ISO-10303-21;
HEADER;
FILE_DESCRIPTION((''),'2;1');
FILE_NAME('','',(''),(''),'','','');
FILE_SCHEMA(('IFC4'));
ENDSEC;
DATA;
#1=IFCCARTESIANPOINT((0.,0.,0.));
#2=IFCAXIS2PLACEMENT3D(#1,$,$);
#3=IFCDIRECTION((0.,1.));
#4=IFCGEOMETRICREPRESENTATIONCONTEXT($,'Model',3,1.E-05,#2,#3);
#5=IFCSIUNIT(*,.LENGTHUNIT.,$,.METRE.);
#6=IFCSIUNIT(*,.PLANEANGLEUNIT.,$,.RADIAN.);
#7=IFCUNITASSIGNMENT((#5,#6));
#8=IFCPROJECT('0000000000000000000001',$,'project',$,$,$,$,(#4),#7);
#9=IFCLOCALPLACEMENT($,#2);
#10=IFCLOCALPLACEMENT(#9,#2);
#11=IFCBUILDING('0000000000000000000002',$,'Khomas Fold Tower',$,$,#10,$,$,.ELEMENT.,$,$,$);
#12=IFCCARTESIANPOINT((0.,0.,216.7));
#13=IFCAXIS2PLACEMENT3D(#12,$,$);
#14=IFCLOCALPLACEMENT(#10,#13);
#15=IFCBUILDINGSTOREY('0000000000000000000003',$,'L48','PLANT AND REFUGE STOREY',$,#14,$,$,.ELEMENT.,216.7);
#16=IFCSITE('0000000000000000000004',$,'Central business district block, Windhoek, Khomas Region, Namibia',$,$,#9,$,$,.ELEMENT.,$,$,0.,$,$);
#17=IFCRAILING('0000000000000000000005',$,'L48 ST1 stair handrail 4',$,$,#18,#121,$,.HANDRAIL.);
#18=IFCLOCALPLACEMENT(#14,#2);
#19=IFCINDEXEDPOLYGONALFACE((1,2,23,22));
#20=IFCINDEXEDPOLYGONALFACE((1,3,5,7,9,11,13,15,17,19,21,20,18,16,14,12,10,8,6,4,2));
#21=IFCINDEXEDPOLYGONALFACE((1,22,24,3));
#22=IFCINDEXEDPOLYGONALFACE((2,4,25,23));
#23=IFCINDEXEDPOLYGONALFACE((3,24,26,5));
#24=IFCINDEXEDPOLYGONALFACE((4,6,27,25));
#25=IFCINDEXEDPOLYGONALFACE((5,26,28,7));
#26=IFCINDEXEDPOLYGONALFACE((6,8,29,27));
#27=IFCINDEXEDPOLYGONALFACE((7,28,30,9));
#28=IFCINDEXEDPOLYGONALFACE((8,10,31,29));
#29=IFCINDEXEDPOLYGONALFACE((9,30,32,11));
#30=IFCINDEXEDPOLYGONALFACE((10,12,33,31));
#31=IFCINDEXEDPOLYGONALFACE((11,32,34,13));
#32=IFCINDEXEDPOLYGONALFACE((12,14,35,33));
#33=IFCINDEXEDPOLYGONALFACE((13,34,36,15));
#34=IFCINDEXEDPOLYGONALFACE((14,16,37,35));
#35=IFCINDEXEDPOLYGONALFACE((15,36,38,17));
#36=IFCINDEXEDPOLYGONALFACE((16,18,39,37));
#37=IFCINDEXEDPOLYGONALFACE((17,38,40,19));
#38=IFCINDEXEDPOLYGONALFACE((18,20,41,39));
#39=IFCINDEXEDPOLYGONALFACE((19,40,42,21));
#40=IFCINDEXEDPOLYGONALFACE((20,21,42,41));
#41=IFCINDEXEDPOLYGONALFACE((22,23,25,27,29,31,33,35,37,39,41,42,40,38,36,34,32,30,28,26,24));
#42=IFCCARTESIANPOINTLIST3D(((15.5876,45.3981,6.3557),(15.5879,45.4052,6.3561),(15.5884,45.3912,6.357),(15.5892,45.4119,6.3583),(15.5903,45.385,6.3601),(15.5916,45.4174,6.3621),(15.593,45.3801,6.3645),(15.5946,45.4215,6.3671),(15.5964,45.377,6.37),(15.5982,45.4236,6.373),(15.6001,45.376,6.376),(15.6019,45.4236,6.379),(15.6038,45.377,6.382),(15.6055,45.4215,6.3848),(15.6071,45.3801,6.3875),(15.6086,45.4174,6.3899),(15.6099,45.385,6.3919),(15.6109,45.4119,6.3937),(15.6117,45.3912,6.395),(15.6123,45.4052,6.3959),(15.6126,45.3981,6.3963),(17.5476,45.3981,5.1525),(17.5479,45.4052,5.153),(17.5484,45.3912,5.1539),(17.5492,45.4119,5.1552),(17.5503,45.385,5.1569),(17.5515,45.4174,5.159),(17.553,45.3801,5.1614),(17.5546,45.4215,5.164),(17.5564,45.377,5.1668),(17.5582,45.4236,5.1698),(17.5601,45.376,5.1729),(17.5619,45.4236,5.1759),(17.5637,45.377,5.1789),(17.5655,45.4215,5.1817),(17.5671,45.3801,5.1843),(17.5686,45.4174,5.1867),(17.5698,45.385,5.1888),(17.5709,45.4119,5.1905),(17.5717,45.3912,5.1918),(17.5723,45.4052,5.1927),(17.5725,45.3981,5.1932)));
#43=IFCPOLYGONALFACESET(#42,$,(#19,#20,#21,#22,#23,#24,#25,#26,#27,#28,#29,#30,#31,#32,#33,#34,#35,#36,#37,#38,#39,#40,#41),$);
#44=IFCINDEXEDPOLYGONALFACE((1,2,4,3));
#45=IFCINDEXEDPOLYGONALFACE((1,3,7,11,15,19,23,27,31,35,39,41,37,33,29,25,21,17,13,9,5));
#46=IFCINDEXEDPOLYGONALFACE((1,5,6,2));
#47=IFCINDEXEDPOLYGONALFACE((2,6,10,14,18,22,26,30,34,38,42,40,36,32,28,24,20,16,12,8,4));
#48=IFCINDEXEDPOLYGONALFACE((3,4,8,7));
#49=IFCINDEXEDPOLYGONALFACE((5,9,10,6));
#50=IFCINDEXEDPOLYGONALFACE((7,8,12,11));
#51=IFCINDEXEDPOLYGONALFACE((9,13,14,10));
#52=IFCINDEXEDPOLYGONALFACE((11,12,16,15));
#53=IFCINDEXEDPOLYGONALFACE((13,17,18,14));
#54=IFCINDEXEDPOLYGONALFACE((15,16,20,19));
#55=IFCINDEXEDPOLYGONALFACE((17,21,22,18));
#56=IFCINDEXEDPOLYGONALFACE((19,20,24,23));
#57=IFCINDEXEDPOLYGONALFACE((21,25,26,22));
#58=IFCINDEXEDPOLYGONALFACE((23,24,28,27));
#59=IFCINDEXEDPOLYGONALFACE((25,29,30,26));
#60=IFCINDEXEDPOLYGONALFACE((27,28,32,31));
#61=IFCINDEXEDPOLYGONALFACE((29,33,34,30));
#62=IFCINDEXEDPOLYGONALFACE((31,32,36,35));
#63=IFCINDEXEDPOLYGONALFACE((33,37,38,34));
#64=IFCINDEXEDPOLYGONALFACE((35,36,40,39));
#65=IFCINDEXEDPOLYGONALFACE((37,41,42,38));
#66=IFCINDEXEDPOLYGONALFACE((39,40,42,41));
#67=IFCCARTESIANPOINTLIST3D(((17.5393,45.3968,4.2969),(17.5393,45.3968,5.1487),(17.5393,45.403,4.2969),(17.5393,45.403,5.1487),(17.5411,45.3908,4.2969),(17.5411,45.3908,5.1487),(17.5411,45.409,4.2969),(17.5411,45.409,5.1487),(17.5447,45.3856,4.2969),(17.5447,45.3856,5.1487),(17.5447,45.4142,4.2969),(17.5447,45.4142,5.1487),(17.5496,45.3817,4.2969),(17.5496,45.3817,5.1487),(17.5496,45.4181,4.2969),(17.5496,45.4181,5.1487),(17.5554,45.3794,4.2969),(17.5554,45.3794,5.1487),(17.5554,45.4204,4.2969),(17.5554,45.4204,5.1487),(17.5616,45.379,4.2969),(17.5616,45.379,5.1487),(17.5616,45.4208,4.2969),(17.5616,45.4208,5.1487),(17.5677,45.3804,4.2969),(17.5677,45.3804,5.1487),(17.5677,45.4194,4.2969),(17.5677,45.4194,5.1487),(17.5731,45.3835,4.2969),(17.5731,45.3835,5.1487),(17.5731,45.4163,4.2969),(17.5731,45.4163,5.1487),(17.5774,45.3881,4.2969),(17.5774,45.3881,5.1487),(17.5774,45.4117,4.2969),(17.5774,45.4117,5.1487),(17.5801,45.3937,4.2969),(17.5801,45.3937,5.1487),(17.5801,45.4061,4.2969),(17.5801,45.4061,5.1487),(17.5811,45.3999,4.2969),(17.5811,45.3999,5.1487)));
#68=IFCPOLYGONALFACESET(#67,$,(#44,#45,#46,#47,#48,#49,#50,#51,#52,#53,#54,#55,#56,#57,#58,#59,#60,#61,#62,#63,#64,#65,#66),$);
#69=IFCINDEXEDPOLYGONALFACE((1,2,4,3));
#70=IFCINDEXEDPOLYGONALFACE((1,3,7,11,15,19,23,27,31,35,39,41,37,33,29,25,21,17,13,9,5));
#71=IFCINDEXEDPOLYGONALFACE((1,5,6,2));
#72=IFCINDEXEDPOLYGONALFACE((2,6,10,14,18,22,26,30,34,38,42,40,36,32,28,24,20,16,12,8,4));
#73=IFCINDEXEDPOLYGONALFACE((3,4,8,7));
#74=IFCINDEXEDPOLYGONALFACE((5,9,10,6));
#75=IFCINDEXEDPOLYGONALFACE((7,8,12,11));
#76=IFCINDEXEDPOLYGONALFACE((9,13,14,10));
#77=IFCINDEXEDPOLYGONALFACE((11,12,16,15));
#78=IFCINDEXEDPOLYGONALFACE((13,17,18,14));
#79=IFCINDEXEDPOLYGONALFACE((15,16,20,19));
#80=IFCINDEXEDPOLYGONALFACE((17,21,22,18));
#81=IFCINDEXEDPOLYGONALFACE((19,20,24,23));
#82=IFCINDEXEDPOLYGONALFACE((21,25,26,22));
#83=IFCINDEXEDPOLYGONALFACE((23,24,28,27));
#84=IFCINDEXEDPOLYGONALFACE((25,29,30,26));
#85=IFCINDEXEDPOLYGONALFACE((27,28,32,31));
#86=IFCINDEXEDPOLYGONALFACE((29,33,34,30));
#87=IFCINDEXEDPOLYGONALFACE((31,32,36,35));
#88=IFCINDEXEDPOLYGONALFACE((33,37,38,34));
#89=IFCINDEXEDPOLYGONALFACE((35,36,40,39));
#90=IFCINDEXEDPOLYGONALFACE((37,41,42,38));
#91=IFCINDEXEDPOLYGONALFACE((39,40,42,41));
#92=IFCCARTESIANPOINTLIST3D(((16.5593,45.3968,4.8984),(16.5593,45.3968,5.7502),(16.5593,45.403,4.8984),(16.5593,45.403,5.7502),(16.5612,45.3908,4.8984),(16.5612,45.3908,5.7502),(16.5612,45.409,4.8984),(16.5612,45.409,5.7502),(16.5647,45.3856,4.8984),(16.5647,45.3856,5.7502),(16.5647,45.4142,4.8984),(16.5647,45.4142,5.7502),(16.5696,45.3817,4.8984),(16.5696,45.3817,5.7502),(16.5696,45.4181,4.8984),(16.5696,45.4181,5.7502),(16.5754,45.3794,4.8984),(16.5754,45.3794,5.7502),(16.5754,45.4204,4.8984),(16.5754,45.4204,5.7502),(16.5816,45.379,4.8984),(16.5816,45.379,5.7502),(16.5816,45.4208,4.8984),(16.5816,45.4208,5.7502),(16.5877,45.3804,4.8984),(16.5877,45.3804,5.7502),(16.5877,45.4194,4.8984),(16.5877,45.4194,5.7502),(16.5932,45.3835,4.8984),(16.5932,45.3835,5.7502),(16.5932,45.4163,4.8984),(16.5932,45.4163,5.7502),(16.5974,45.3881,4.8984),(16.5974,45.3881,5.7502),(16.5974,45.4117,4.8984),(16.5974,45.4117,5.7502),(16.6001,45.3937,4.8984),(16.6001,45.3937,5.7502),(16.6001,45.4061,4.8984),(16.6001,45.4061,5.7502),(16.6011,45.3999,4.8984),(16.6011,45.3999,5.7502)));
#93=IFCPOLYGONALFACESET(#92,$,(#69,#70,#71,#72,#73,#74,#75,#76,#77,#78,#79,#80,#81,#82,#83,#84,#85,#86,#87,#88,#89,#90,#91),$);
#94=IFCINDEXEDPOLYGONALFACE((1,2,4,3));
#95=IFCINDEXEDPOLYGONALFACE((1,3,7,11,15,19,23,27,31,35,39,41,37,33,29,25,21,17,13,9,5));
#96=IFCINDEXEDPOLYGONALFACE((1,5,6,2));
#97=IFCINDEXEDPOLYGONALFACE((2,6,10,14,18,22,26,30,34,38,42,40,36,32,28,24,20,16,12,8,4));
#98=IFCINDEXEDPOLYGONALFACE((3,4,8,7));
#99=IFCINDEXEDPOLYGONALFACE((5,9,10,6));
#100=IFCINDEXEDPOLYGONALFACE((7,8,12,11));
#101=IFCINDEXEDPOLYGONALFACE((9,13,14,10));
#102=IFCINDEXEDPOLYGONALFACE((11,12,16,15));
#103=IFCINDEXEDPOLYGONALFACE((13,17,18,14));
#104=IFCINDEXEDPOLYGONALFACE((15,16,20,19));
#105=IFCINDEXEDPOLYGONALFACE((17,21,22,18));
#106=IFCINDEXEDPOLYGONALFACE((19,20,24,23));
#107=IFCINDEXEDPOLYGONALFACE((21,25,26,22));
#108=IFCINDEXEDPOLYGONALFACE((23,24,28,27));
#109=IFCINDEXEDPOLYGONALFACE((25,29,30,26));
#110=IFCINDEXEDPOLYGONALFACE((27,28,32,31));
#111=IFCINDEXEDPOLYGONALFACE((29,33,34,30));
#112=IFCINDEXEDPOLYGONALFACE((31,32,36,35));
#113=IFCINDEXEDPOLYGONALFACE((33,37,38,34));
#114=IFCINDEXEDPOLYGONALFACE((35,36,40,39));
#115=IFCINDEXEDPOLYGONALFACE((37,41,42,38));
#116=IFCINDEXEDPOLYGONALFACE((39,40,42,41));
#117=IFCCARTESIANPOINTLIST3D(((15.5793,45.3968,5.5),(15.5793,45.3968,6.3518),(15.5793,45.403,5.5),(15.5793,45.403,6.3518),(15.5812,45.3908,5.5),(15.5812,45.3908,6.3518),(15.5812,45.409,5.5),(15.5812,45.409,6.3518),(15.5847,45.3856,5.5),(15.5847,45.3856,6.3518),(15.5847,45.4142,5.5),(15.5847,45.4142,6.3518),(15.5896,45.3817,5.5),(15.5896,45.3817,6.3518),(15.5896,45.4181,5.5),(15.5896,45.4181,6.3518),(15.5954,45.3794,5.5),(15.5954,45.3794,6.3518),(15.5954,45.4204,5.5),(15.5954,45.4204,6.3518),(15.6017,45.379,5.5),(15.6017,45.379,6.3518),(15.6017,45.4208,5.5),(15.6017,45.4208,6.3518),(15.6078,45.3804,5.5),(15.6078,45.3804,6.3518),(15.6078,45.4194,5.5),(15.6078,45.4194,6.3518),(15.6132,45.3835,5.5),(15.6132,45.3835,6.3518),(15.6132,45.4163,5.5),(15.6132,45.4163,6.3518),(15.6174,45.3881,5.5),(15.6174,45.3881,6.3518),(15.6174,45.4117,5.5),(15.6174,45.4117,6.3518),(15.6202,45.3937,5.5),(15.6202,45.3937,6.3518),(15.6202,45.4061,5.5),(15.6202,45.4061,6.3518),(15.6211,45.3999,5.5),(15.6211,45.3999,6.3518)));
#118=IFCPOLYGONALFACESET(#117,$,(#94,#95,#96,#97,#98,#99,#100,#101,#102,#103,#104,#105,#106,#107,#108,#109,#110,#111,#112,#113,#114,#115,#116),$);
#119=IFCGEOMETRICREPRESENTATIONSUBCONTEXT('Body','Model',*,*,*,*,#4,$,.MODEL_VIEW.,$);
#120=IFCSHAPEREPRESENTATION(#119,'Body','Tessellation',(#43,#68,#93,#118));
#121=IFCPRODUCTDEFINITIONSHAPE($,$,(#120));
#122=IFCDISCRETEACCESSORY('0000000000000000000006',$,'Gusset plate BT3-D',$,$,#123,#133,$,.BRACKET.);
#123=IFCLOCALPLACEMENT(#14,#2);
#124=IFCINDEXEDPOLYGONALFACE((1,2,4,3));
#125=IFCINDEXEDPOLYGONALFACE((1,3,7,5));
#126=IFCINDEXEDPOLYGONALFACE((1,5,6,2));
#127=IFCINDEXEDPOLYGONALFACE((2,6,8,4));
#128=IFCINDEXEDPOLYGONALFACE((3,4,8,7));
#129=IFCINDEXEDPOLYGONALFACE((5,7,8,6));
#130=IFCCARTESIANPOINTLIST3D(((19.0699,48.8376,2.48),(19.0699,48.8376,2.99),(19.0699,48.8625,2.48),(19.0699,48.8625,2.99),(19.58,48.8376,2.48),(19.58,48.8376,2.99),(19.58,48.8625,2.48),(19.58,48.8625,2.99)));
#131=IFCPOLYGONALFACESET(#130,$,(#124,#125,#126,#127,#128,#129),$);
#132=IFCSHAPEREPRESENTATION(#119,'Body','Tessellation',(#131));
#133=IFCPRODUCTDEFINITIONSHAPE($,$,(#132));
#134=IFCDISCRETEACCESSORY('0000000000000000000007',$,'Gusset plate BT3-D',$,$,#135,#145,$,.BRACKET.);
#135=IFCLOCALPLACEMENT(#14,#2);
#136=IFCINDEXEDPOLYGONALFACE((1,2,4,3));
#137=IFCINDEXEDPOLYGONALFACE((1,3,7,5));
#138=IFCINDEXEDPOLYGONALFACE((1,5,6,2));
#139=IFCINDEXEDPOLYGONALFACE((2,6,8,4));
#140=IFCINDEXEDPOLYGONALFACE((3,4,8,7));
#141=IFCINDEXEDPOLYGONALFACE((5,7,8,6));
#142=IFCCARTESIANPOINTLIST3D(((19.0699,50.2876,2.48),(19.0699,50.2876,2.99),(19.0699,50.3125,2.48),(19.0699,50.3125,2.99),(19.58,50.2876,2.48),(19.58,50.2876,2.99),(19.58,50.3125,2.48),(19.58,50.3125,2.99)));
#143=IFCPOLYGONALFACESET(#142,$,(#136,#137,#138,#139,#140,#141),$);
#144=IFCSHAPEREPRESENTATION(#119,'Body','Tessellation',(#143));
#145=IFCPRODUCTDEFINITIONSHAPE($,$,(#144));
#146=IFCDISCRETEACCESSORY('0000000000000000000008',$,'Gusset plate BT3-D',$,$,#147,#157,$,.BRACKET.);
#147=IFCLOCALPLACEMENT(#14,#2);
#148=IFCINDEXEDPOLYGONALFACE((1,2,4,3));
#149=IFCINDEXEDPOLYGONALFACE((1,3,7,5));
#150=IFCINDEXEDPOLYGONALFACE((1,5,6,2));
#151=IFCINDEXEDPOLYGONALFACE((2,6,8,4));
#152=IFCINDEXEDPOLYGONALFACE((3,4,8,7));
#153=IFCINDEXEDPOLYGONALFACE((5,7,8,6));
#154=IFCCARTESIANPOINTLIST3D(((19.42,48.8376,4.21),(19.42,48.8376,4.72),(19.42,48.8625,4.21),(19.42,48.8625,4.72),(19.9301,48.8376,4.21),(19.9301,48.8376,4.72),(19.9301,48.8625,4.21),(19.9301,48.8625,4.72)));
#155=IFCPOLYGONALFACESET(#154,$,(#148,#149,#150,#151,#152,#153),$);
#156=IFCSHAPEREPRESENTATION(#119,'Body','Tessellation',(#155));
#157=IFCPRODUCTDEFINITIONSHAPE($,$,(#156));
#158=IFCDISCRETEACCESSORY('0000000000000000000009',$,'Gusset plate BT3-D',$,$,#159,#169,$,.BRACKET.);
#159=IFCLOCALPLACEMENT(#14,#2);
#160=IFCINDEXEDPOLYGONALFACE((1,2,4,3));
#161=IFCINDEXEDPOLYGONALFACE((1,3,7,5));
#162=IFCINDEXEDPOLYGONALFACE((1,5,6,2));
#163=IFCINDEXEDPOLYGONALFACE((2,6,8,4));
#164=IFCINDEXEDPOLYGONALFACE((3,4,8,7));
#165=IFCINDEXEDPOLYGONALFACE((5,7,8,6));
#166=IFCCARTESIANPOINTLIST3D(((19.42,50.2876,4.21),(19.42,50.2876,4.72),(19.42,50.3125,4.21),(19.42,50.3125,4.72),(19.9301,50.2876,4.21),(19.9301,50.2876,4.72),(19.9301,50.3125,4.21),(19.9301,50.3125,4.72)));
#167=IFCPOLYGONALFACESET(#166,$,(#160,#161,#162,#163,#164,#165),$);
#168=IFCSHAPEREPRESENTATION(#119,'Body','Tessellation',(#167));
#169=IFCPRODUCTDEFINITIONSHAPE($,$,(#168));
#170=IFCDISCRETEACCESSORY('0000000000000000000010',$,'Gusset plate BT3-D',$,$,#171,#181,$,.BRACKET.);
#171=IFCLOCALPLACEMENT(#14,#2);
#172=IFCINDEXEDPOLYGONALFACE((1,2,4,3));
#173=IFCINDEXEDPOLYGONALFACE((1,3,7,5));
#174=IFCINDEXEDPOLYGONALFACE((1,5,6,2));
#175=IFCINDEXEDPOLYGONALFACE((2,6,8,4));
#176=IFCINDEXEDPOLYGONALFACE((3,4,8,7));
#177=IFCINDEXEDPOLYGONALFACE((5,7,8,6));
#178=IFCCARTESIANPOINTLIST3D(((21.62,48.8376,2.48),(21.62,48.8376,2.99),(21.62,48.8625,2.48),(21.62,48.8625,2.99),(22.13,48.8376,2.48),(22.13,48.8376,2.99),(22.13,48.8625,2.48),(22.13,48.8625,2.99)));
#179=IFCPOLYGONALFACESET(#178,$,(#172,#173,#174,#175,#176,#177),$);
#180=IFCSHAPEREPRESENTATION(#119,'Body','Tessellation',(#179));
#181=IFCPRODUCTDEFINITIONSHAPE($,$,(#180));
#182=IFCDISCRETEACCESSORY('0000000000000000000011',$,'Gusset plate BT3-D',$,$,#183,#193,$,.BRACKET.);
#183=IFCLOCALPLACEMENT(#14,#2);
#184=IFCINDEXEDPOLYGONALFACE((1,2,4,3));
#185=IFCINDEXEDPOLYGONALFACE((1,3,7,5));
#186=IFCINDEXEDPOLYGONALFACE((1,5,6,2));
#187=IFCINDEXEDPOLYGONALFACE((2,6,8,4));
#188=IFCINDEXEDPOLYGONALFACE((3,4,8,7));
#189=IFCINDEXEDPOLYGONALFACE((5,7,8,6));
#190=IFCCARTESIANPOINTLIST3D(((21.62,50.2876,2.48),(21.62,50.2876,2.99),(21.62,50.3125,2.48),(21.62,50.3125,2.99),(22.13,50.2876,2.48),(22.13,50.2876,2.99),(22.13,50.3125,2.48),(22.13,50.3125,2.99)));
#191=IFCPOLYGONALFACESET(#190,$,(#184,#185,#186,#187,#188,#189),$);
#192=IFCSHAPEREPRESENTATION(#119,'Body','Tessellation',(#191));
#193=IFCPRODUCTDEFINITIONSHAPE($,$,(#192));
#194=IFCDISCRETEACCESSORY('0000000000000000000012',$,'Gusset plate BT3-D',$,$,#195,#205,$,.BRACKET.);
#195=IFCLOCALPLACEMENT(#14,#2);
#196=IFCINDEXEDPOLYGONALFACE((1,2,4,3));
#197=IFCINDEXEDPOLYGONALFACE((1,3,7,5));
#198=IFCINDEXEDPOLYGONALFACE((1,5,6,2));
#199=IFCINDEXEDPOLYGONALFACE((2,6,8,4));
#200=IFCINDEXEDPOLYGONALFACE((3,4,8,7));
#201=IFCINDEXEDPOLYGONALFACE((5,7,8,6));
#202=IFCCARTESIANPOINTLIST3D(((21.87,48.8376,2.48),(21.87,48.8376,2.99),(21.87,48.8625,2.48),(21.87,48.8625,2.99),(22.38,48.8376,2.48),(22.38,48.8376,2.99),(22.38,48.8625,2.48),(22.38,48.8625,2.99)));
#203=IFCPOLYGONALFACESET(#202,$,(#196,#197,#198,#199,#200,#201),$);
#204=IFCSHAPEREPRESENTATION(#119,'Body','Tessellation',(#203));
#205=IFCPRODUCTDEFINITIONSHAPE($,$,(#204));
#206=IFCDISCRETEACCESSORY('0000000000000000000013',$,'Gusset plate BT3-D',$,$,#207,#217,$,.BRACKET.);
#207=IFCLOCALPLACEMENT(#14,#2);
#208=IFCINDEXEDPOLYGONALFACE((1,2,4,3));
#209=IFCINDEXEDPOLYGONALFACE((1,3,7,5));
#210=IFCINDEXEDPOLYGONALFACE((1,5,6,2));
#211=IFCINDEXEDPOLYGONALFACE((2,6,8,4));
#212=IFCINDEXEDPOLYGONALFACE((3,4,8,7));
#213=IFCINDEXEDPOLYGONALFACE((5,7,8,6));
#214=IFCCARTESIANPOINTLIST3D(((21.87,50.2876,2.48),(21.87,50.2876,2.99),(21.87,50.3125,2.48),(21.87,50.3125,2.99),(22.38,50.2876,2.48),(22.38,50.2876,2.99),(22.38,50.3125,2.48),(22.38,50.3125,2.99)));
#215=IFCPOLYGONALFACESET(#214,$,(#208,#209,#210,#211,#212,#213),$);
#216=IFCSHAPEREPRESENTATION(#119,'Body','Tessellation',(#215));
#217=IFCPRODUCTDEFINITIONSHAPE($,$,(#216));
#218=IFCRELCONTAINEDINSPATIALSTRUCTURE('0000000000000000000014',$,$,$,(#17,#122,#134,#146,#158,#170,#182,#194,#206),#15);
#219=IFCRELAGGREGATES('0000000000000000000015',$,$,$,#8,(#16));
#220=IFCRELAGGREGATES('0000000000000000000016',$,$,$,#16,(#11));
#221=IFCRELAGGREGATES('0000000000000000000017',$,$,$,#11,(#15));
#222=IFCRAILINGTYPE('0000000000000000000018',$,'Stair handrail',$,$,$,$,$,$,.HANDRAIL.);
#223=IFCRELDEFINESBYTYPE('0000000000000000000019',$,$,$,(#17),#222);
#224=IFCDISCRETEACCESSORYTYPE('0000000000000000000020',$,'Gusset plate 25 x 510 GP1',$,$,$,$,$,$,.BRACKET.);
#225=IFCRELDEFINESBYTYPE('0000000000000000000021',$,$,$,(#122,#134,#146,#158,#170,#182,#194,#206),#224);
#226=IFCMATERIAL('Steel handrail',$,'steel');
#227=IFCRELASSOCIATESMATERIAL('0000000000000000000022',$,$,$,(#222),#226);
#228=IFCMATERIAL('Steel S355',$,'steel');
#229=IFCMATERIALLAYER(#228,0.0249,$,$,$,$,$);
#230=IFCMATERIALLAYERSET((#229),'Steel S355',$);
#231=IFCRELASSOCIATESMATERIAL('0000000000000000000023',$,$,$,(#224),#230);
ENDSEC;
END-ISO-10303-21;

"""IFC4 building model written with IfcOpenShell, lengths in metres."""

from ifc_helpers import new_model, si_unit, direction, frame, origin, origin_2d, place, context, subcontext, project, spatial, rectangle, circle, extrude, source, transform, mapped, material, layer, layer_set, type_object, element, save


model = new_model("IFC4")

# Units and contexts
model_context = context("Model", 3, precision=1e-05, world=origin(), true_north=direction((0.0, 1.0)))
body_context = subcontext(model_context, "Body", "Model", "MODEL_VIEW")
ifc_project = project(units=[si_unit("LENGTHUNIT", "METRE"), si_unit("PLANEANGLEUNIT", "RADIAN")], contexts=[model_context])

# Site, building, storey
site_placement = place(None, origin())
site = spatial("IfcSite", under=ifc_project, at=site_placement, Name="Central business district block, Windhoek, Khomas Region, Namibia", CompositionType="ELEMENT", RefElevation=0.0)
building_placement = place(site_placement, origin())
building = spatial("IfcBuilding", under=site, at=building_placement, Name="Khomas Fold Tower", CompositionType="ELEMENT")
storey_placement = place(building_placement, frame((0.0, 0.0, 216.7)))
storey = spatial("IfcBuildingStorey", under=building, at=storey_placement, Name="L48", Description="PLANT AND REFUGE STOREY", CompositionType="ELEMENT", Elevation=216.7)

# Railing
ifc_material_1 = material(Name="Steel handrail", Category="steel")
railing_type_1 = type_object("IfcRailingType", Name="Stair handrail", PredefinedType="HANDRAIL", material=ifc_material_1)
shared_shape_1 = source(origin(), body_context, "Body", "SweptSolid", [
    extrude(circle(Radius=0.0239, at=origin_2d()), frame((0.0, 0.0, 0.876), z_axis=(-0.852241, 0.0, 0.523149), x_axis=(0.0, -1.0, 0.0)), (0.0, 0.0, 1.0), 2.2998),
    extrude(circle(Radius=0.021, at=origin_2d()), origin(), (0.0, 0.0, 1.0), 0.8518),
    extrude(circle(Radius=0.021, at=origin_2d()), frame((-0.98, 0.0, 0.6016)), (0.0, 0.0, 1.0), 0.8518),
    extrude(circle(Radius=0.021, at=origin_2d()), frame((-1.96, 0.0, 1.2031)), (0.0, 0.0, 1.0), 0.8518),
])
for number, where, name in (
    (1, (17.5601, 45.3999, 4.2969), "L48 ST1 stair handrail 4"),
):
    element("IfcRailing", number, at=place(storey_placement, frame(where)), inside=storey, type_object=railing_type_1, Name=name, PredefinedType="HANDRAIL", context=body_context, shape_type="MappedRepresentation", body=[
        mapped(shared_shape_1, transform((0.0, 0.0, 0.0))),
    ])

# Discrete accessories
ifc_material_2 = material(Name="Steel S355", Category="steel")
ifc_layer_1 = layer(ifc_material_2, 0.0249)
ifc_layer_set_1 = layer_set([ifc_layer_1], Name="Steel S355")
discrete_accessory_type = type_object("IfcDiscreteAccessoryType", Name="Gusset plate 25 x 510 GP1", PredefinedType="BRACKET", material=ifc_layer_set_1)
shared_shape_2 = source(origin(), body_context, "Body", "SweptSolid", [
    extrude(rectangle(XDim=0.51, YDim=0.0249, at=origin_2d()), origin(), (0.0, 0.0, 1.0), 0.51),
])
for number, where, z_axis, x_axis, name in (
    (2, (19.325, 48.8501, 2.48), (0.0, 0.0, 1.0), (1.0, 0.0, 0.0), "Gusset plate BT3-D"),
    (3, (19.325, 50.3, 2.48), (0.0, 0.0, 1.0), (1.0, 0.0, 0.0), "Gusset plate BT3-D"),
    (4, (19.675, 48.8501, 4.21), (0.0, 0.0, 1.0), (1.0, 0.0, 0.0), "Gusset plate BT3-D"),
    (5, (19.675, 50.3, 4.21), (0.0, 0.0, 1.0), (1.0, 0.0, 0.0), "Gusset plate BT3-D"),
    (6, (21.875, 48.8501, 2.48), (0.0, 0.0, 1.0), (1.0, 0.0, 0.0), "Gusset plate BT3-D"),
    (7, (21.875, 50.3, 2.48), (0.0, 0.0, 1.0), (1.0, 0.0, 0.0), "Gusset plate BT3-D"),
    (8, (22.125, 48.8501, 2.48), (0.0, 0.0, 1.0), (1.0, 0.0, 0.0), "Gusset plate BT3-D"),
    (9, (22.125, 50.3, 2.48), (0.0, 0.0, 1.0), (1.0, 0.0, 0.0), "Gusset plate BT3-D"),
):
    element("IfcDiscreteAccessory", number, at=place(storey_placement, frame(where, z_axis=z_axis, x_axis=x_axis)), inside=storey, type_object=discrete_accessory_type, Name=name, PredefinedType="BRACKET", context=body_context, shape_type="MappedRepresentation", body=[
        mapped(shared_shape_2, transform((0.0, 0.0, 0.0))),
    ])

save(model, "model.ifc")
